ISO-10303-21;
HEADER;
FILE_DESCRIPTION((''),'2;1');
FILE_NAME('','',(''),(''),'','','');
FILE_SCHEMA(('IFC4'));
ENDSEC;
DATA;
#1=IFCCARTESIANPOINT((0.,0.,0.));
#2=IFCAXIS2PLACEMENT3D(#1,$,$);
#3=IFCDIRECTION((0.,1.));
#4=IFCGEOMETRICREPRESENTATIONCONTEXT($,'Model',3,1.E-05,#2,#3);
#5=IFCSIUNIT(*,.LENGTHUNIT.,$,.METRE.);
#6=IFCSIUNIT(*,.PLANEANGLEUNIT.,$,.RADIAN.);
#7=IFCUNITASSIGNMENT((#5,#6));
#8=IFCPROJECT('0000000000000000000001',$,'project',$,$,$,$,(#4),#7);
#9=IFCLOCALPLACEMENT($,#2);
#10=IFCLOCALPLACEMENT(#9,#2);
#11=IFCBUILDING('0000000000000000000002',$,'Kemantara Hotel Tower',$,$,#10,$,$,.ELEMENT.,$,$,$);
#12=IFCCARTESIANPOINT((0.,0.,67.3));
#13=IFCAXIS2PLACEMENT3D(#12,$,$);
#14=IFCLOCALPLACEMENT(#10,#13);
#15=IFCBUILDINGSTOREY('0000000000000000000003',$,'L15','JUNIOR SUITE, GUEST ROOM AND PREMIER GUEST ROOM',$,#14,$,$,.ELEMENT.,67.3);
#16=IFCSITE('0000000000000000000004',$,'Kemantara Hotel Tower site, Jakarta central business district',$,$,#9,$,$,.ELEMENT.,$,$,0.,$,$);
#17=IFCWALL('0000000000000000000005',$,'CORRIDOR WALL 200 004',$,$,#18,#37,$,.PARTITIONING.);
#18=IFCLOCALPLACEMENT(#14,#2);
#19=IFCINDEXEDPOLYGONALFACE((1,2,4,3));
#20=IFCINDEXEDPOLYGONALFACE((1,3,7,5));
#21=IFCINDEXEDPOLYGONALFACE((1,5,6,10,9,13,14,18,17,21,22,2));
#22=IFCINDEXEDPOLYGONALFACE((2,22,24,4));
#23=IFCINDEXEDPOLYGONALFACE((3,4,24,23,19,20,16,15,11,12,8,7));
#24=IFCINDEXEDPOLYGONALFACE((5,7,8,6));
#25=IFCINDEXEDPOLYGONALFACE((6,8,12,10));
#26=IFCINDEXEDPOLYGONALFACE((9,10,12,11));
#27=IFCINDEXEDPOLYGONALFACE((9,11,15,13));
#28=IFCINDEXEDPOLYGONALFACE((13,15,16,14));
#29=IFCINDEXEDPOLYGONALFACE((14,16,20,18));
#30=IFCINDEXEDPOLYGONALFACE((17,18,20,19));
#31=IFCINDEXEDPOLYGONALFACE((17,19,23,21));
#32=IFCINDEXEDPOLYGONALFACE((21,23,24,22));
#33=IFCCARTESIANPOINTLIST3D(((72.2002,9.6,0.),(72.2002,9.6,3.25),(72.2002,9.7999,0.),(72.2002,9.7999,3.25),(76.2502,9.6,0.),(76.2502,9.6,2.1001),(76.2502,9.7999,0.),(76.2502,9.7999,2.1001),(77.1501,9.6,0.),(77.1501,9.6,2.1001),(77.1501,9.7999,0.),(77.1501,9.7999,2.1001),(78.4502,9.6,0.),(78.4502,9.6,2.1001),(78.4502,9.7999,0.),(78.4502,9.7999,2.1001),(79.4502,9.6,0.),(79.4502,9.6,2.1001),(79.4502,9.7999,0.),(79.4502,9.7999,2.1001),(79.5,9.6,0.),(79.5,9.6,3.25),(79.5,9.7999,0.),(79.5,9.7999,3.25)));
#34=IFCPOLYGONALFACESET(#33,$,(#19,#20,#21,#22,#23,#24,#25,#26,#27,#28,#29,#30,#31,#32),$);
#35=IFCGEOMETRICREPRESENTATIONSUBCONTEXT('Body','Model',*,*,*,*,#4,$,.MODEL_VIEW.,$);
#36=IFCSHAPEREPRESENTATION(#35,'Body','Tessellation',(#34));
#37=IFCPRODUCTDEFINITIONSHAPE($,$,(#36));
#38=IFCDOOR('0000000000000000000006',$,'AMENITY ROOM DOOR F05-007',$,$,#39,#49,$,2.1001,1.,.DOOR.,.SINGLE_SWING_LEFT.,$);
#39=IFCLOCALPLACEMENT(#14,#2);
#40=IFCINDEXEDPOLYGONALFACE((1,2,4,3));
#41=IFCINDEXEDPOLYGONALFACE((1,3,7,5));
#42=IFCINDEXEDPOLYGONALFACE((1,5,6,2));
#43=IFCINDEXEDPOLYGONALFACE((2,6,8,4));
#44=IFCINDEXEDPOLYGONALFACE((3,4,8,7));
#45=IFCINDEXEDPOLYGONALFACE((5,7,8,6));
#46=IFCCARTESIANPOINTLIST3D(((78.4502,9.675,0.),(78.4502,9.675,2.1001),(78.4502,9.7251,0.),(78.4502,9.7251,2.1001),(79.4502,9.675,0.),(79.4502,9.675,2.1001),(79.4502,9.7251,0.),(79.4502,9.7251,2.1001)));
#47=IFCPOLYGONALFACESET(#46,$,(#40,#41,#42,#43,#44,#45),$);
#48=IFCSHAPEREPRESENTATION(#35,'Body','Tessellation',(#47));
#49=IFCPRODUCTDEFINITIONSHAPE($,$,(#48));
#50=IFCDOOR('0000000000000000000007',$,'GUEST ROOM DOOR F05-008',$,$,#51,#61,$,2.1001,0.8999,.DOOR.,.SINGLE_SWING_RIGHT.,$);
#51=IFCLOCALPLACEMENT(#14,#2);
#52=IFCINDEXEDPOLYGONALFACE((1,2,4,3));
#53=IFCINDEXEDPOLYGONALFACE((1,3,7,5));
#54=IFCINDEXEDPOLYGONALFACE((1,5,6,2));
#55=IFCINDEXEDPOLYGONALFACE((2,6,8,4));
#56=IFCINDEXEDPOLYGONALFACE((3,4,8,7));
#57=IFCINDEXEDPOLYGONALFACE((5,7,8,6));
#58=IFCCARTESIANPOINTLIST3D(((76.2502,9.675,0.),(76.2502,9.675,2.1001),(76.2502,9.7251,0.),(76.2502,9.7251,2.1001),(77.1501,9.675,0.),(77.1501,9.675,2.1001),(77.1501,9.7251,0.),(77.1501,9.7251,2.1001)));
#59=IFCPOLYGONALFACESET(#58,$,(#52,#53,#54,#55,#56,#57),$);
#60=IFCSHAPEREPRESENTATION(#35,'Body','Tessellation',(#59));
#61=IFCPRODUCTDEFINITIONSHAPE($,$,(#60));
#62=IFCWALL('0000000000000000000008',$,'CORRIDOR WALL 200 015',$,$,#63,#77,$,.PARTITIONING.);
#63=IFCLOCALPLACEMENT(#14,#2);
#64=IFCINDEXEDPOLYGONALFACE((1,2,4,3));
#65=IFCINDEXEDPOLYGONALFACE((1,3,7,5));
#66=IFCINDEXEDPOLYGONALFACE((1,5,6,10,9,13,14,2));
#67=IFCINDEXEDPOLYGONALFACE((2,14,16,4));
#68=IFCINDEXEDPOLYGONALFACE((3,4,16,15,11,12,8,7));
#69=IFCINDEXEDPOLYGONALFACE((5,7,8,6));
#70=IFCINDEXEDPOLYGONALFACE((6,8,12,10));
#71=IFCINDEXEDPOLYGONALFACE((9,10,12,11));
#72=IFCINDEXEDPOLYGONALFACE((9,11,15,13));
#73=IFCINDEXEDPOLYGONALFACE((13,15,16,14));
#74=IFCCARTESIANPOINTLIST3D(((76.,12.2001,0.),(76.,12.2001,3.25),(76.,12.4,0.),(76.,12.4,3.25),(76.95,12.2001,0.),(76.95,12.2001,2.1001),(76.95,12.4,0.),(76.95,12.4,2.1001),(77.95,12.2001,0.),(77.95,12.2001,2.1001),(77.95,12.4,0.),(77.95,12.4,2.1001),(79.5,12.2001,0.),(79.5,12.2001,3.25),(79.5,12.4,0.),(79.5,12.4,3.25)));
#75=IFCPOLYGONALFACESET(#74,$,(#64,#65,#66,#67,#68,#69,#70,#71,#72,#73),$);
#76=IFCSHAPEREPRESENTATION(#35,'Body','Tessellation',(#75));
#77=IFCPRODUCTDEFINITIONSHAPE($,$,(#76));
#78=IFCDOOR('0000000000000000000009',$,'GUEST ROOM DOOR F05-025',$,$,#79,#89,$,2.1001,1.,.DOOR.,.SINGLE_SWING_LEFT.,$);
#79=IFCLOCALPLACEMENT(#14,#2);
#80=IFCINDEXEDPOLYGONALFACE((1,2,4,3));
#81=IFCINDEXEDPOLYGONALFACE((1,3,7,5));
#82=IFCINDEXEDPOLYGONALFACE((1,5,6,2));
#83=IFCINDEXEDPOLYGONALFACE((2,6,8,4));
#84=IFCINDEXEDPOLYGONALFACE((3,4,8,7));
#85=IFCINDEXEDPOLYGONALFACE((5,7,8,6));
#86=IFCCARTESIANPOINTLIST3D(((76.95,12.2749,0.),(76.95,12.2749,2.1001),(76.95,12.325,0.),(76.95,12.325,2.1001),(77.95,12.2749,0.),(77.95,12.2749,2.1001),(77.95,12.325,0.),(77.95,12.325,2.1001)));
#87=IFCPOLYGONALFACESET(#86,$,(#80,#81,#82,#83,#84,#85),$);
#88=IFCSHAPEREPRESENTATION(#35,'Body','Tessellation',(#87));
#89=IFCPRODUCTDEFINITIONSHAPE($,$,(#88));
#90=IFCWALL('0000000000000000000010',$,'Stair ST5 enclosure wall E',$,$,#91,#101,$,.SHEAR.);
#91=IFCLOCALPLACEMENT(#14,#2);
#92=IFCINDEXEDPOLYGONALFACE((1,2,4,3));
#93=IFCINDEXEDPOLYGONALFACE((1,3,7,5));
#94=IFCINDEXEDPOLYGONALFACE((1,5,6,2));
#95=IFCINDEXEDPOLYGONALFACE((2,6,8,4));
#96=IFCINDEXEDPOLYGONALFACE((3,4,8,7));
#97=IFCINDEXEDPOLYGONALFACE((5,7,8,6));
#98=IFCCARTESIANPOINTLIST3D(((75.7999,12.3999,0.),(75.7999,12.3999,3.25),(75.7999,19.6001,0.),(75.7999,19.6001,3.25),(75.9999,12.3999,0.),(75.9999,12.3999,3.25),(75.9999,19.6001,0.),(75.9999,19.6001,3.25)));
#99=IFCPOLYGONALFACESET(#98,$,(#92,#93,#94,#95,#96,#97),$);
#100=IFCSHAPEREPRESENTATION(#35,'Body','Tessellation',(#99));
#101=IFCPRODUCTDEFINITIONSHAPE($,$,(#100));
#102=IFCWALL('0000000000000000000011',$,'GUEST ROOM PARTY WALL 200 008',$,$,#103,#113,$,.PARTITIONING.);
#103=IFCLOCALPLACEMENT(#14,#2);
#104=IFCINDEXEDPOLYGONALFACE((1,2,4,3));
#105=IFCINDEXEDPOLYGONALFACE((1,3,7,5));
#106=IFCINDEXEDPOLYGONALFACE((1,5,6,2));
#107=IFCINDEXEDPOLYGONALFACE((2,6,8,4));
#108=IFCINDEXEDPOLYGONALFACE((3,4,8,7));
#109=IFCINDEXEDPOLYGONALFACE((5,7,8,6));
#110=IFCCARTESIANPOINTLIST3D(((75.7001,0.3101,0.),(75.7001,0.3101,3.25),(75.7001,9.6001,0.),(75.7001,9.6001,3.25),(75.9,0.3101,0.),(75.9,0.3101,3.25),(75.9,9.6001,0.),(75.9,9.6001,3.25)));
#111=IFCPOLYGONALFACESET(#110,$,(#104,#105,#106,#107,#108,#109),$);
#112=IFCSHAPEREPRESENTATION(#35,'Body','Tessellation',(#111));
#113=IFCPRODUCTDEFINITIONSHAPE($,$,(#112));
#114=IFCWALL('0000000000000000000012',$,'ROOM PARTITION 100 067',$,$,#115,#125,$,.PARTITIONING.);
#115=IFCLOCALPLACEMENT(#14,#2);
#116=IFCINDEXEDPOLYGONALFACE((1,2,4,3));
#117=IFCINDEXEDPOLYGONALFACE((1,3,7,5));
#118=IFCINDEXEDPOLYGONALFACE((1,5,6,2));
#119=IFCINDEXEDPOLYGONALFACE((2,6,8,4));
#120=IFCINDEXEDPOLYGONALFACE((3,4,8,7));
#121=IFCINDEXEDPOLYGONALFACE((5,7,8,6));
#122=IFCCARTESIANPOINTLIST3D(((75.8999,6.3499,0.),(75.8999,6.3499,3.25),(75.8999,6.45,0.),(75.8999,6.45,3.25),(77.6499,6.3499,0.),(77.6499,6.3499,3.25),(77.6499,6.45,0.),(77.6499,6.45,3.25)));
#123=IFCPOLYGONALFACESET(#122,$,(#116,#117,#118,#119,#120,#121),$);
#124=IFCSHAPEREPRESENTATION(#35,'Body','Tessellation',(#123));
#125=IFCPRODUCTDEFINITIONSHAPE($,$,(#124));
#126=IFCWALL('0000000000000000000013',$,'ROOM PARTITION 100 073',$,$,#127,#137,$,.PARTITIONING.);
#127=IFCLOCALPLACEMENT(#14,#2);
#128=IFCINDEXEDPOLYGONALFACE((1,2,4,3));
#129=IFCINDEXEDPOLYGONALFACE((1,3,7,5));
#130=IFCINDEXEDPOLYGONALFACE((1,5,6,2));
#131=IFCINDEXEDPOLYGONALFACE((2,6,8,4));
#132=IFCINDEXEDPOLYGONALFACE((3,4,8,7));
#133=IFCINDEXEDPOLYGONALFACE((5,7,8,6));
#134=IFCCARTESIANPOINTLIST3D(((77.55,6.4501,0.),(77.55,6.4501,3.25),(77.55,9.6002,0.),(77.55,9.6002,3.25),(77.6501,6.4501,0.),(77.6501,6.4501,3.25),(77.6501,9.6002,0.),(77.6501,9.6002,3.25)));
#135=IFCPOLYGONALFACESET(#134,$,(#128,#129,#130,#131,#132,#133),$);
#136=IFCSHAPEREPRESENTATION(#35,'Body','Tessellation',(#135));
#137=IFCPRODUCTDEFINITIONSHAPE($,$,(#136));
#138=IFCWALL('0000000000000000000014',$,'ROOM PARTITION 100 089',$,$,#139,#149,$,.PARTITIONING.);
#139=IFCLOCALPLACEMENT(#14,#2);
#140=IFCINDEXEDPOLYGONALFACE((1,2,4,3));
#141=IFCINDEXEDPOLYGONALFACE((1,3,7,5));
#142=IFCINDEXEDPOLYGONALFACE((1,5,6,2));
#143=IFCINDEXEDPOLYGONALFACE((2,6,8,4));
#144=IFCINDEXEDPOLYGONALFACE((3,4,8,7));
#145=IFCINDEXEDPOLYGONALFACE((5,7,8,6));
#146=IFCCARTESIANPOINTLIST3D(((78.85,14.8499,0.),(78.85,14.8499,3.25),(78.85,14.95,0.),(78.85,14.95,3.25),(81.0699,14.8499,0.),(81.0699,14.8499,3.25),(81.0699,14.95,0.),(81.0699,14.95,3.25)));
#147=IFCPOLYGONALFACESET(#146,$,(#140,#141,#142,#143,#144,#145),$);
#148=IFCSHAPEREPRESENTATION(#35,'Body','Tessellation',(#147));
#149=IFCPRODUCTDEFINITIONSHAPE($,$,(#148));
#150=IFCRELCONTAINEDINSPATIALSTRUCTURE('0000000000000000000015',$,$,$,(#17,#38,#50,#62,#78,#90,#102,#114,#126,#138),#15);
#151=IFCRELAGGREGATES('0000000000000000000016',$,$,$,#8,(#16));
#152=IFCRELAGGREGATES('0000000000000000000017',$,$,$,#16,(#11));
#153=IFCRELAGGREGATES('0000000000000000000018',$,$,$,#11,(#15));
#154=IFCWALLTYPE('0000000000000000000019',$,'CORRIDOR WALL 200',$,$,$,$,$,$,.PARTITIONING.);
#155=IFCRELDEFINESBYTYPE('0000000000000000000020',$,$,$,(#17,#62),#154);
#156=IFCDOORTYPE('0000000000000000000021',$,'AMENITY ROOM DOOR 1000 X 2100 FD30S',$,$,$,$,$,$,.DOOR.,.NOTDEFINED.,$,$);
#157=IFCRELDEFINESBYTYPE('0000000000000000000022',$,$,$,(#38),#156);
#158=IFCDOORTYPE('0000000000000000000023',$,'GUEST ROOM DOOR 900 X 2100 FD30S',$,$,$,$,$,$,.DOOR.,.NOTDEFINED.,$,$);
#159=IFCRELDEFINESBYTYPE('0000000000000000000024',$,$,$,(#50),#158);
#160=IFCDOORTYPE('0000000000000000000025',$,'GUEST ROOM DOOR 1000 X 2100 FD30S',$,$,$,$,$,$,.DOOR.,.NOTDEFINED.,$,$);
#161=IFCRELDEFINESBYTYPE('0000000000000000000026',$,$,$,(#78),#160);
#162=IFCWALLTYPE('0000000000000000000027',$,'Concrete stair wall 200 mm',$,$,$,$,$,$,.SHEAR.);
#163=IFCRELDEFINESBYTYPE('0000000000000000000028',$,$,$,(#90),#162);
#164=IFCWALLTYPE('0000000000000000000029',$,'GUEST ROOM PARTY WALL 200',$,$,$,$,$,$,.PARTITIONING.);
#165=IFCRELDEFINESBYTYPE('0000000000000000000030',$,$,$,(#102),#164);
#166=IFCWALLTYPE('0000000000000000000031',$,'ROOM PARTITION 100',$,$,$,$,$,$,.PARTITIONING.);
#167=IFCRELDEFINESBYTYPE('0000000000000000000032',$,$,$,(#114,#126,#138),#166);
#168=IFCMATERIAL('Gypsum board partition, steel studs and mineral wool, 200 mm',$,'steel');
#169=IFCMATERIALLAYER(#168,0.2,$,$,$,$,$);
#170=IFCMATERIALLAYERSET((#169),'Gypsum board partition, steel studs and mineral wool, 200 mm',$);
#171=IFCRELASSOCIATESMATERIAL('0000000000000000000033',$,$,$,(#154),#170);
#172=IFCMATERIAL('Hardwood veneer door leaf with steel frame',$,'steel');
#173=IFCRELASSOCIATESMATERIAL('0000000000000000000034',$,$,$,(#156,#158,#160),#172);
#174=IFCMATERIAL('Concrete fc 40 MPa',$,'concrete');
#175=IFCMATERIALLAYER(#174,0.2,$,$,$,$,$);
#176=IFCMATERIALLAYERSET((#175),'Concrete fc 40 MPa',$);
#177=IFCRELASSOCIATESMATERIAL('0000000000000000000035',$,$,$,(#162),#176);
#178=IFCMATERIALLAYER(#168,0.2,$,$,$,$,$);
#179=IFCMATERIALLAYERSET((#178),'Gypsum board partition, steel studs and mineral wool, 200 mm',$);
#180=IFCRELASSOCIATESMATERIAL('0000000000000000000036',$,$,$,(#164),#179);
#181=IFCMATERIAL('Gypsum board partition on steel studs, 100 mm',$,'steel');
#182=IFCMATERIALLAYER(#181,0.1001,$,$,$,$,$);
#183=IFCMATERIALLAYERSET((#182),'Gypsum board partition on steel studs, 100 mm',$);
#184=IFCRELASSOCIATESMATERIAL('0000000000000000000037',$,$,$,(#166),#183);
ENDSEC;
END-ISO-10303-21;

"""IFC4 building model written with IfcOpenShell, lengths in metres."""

from ifc_helpers import new_model, si_unit, direction, frame, frame_2d, origin, place, context, subcontext, project, spatial, rectangle, extrude, material, layer, layer_set, type_object, element, fill, save


model = new_model("IFC4")

# Units and contexts
model_context = context("Model", 3, precision=1e-05, world=origin(), true_north=direction((0.0, 1.0)))
body_context = subcontext(model_context, "Body", "Model", "MODEL_VIEW")
ifc_project = project(units=[si_unit("LENGTHUNIT", "METRE"), si_unit("PLANEANGLEUNIT", "RADIAN")], contexts=[model_context])

# Site, building, storey
site_placement = place(None, origin())
site = spatial("IfcSite", under=ifc_project, at=site_placement, Name="Kemantara Hotel Tower site, Jakarta central business district", CompositionType="ELEMENT", RefElevation=0.0)
building_placement = place(site_placement, origin())
building = spatial("IfcBuilding", under=site, at=building_placement, Name="Kemantara Hotel Tower", CompositionType="ELEMENT")
storey_placement = place(building_placement, frame((0.0, 0.0, 67.3)))
storey = spatial("IfcBuildingStorey", under=building, at=storey_placement, Name="L15", Description="JUNIOR SUITE, GUEST ROOM AND PREMIER GUEST ROOM", CompositionType="ELEMENT", Elevation=67.3)

# Wall, openings, doors
ifc_material_1 = material(Name="Gypsum board partition, steel studs and mineral wool, 200 mm", Category="steel")
ifc_layer_1 = layer(ifc_material_1, 0.2)
ifc_layer_set_1 = layer_set([ifc_layer_1], Name="Gypsum board partition, steel studs and mineral wool, 200 mm")
wall_type_1 = type_object("IfcWallType", Name="CORRIDOR WALL 200", PredefinedType="PARTITIONING", material=ifc_layer_set_1)
wall_1_placement = place(storey_placement, frame((79.5, 9.7, 0.0), z_axis=(0.0, 0.0, 1.0), x_axis=(-1.0, 0.0, 0.0)))
wall_1 = element("IfcWall", 1, at=wall_1_placement, inside=storey, type_object=wall_type_1, Name="CORRIDOR WALL 200 004", PredefinedType="PARTITIONING", context=body_context, shape_type="SweptSolid", body=[
    extrude(rectangle(XDim=7.2998, YDim=0.2, at=frame_2d((3.6499, 0.0))), origin(), (0.0, 0.0, 1.0), 3.25),
])
opening_1_placement = place(wall_1_placement, frame((0.0498, 0.0, 0.0)))
opening_1 = element("IfcOpeningElement", 2, at=opening_1_placement, cuts=wall_1, PredefinedType="OPENING", context=body_context, shape_type="SweptSolid", body=[
    extrude(rectangle(XDim=1.0, YDim=2.1001, at=frame_2d((0.5, 1.05))), frame((0.0, 0.1099, 0.0), z_axis=(0.0, -1.0, 0.0), x_axis=(1.0, 0.0, 0.0)), (0.0, 0.0, 1.0), 0.22),
])
opening_2_placement = place(wall_1_placement, frame((2.3499, 0.0, 0.0)))
opening_2 = element("IfcOpeningElement", 3, at=opening_2_placement, cuts=wall_1, PredefinedType="OPENING", context=body_context, shape_type="SweptSolid", body=[
    extrude(rectangle(XDim=0.8999, YDim=2.1001, at=frame_2d((0.45, 1.05))), frame((0.0, 0.1099, 0.0), z_axis=(0.0, -1.0, 0.0), x_axis=(1.0, 0.0, 0.0)), (0.0, 0.0, 1.0), 0.22),
])
ifc_material_2 = material(Name="Hardwood veneer door leaf with steel frame", Category="steel")
door_type_1 = type_object("IfcDoorType", Name="AMENITY ROOM DOOR 1000 X 2100 FD30S", OperationType="NOTDEFINED", PredefinedType="DOOR", material=ifc_material_2)
door_1_placement = place(opening_1_placement, origin())
door_1 = element("IfcDoor", 4, at=door_1_placement, inside=storey, type_object=door_type_1, Name="AMENITY ROOM DOOR F05-007", OperationType="SINGLE_SWING_LEFT", OverallHeight=2.1001, OverallWidth=1.0, PredefinedType="DOOR", context=body_context, shape_type="SweptSolid", body=[
    extrude(rectangle(XDim=1.0, YDim=2.1001, at=frame_2d((0.5, 1.05))), frame((0.0, 0.0249, 0.0), z_axis=(0.0, -1.0, 0.0), x_axis=(1.0, 0.0, 0.0)), (0.0, 0.0, 1.0), 0.05),
])
fill(opening_1, door_1)
door_type_2 = type_object("IfcDoorType", Name="GUEST ROOM DOOR 900 X 2100 FD30S", OperationType="NOTDEFINED", PredefinedType="DOOR", material=ifc_material_2)
door_2_placement = place(opening_2_placement, origin())
door_2 = element("IfcDoor", 5, at=door_2_placement, inside=storey, type_object=door_type_2, Name="GUEST ROOM DOOR F05-008", OperationType="SINGLE_SWING_RIGHT", OverallHeight=2.1001, OverallWidth=0.8999, PredefinedType="DOOR", context=body_context, shape_type="SweptSolid", body=[
    extrude(rectangle(XDim=0.8999, YDim=2.1001, at=frame_2d((0.45, 1.05))), frame((0.0, 0.0249, 0.0), z_axis=(0.0, -1.0, 0.0), x_axis=(1.0, 0.0, 0.0)), (0.0, 0.0, 1.0), 0.05),
])
fill(opening_2, door_2)

# Wall, opening, door
wall_2_placement = place(storey_placement, frame((76.0, 12.3, 0.0), z_axis=(0.0, 0.0, 1.0), x_axis=(1.0, 0.0, 0.0)))
wall_2 = element("IfcWall", 6, at=wall_2_placement, inside=storey, type_object=wall_type_1, Name="CORRIDOR WALL 200 015", PredefinedType="PARTITIONING", context=body_context, shape_type="SweptSolid", body=[
    extrude(rectangle(XDim=3.5, YDim=0.2, at=frame_2d((1.75, 0.0))), origin(), (0.0, 0.0, 1.0), 3.25),
])
opening_3_placement = place(wall_2_placement, frame((0.95, 0.0, 0.0)))
opening_3 = element("IfcOpeningElement", 7, at=opening_3_placement, cuts=wall_2, PredefinedType="OPENING", context=body_context, shape_type="SweptSolid", body=[
    extrude(rectangle(XDim=1.0, YDim=2.1001, at=frame_2d((0.5, 1.05))), frame((0.0, 0.1099, 0.0), z_axis=(0.0, -1.0, 0.0), x_axis=(1.0, 0.0, 0.0)), (0.0, 0.0, 1.0), 0.22),
])
door_type_3 = type_object("IfcDoorType", Name="GUEST ROOM DOOR 1000 X 2100 FD30S", OperationType="NOTDEFINED", PredefinedType="DOOR", material=ifc_material_2)
door_3_placement = place(opening_3_placement, origin())
door_3 = element("IfcDoor", 8, at=door_3_placement, inside=storey, type_object=door_type_3, Name="GUEST ROOM DOOR F05-025", OperationType="SINGLE_SWING_LEFT", OverallHeight=2.1001, OverallWidth=1.0, PredefinedType="DOOR", context=body_context, shape_type="SweptSolid", body=[
    extrude(rectangle(XDim=1.0, YDim=2.1001, at=frame_2d((0.5, 1.05))), frame((0.0, 0.0249, 0.0), z_axis=(0.0, -1.0, 0.0), x_axis=(1.0, 0.0, 0.0)), (0.0, 0.0, 1.0), 0.05),
])
fill(opening_3, door_3)

# Walls
ifc_material_3 = material(Name="Concrete fc 40 MPa", Category="concrete")
ifc_layer_2 = layer(ifc_material_3, 0.2)
ifc_layer_set_2 = layer_set([ifc_layer_2], Name="Concrete fc 40 MPa")
wall_type_2 = type_object("IfcWallType", Name="Concrete stair wall 200 mm", PredefinedType="SHEAR", material=ifc_layer_set_2)
wall_3_placement = place(storey_placement, frame((75.8999, 12.3999, 0.0), z_axis=(0.0, 0.0, 1.0), x_axis=(0.0, 1.0, 0.0)))
element("IfcWall", 9, at=wall_3_placement, inside=storey, type_object=wall_type_2, Name="Stair ST5 enclosure wall E", PredefinedType="SHEAR", context=body_context, shape_type="SweptSolid", body=[
    extrude(rectangle(XDim=7.2002, YDim=0.2, at=frame_2d((3.6001, 0.0))), origin(), (0.0, 0.0, 1.0), 3.25),
])
ifc_layer_3 = layer(ifc_material_1, 0.2)
ifc_layer_set_3 = layer_set([ifc_layer_3], Name="Gypsum board partition, steel studs and mineral wool, 200 mm")
wall_type_3 = type_object("IfcWallType", Name="GUEST ROOM PARTY WALL 200", PredefinedType="PARTITIONING", material=ifc_layer_set_3)
wall_4_placement = place(storey_placement, frame((75.8, 0.3101, 0.0), z_axis=(0.0, 0.0, 1.0), x_axis=(0.0, 1.0, 0.0)))
element("IfcWall", 10, at=wall_4_placement, inside=storey, type_object=wall_type_3, Name="GUEST ROOM PARTY WALL 200 008", PredefinedType="PARTITIONING", context=body_context, shape_type="SweptSolid", body=[
    extrude(rectangle(XDim=9.29, YDim=0.2, at=frame_2d((4.645, 0.0))), origin(), (0.0, 0.0, 1.0), 3.25),
])
ifc_material_4 = material(Name="Gypsum board partition on steel studs, 100 mm", Category="steel")
ifc_layer_4 = layer(ifc_material_4, 0.1001)
ifc_layer_set_4 = layer_set([ifc_layer_4], Name="Gypsum board partition on steel studs, 100 mm")
wall_type_4 = type_object("IfcWallType", Name="ROOM PARTITION 100", PredefinedType="PARTITIONING", material=ifc_layer_set_4)
wall_5_placement = place(storey_placement, frame((75.8999, 6.3999, 0.0), z_axis=(0.0, 0.0, 1.0), x_axis=(1.0, 0.0, 0.0)))
element("IfcWall", 11, at=wall_5_placement, inside=storey, type_object=wall_type_4, Name="ROOM PARTITION 100 067", PredefinedType="PARTITIONING", context=body_context, shape_type="SweptSolid", body=[
    extrude(rectangle(XDim=1.75, YDim=0.1001, at=frame_2d((0.875, 0.0))), origin(), (0.0, 0.0, 1.0), 3.25),
])
wall_6_placement = place(storey_placement, frame((77.6001, 6.45, 0.0), z_axis=(0.0, 0.0, 1.0), x_axis=(0.0, 1.0, 0.0)))
element("IfcWall", 12, at=wall_6_placement, inside=storey, type_object=wall_type_4, Name="ROOM PARTITION 100 073", PredefinedType="PARTITIONING", context=body_context, shape_type="SweptSolid", body=[
    extrude(rectangle(XDim=3.1501, YDim=0.1001, at=frame_2d((1.5752, 0.0))), origin(), (0.0, 0.0, 1.0), 3.25),
])
wall_7_placement = place(storey_placement, frame((78.8501, 14.8999, 0.0), z_axis=(0.0, 0.0, 1.0), x_axis=(1.0, 0.0, 0.0)))
element("IfcWall", 13, at=wall_7_placement, inside=storey, type_object=wall_type_4, Name="ROOM PARTITION 100 089", PredefinedType="PARTITIONING", context=body_context, shape_type="SweptSolid", body=[
    extrude(rectangle(XDim=2.22, YDim=0.1001, at=frame_2d((1.1099, 0.0))), origin(), (0.0, 0.0, 1.0), 3.25),
])

save(model, "model.ifc")
